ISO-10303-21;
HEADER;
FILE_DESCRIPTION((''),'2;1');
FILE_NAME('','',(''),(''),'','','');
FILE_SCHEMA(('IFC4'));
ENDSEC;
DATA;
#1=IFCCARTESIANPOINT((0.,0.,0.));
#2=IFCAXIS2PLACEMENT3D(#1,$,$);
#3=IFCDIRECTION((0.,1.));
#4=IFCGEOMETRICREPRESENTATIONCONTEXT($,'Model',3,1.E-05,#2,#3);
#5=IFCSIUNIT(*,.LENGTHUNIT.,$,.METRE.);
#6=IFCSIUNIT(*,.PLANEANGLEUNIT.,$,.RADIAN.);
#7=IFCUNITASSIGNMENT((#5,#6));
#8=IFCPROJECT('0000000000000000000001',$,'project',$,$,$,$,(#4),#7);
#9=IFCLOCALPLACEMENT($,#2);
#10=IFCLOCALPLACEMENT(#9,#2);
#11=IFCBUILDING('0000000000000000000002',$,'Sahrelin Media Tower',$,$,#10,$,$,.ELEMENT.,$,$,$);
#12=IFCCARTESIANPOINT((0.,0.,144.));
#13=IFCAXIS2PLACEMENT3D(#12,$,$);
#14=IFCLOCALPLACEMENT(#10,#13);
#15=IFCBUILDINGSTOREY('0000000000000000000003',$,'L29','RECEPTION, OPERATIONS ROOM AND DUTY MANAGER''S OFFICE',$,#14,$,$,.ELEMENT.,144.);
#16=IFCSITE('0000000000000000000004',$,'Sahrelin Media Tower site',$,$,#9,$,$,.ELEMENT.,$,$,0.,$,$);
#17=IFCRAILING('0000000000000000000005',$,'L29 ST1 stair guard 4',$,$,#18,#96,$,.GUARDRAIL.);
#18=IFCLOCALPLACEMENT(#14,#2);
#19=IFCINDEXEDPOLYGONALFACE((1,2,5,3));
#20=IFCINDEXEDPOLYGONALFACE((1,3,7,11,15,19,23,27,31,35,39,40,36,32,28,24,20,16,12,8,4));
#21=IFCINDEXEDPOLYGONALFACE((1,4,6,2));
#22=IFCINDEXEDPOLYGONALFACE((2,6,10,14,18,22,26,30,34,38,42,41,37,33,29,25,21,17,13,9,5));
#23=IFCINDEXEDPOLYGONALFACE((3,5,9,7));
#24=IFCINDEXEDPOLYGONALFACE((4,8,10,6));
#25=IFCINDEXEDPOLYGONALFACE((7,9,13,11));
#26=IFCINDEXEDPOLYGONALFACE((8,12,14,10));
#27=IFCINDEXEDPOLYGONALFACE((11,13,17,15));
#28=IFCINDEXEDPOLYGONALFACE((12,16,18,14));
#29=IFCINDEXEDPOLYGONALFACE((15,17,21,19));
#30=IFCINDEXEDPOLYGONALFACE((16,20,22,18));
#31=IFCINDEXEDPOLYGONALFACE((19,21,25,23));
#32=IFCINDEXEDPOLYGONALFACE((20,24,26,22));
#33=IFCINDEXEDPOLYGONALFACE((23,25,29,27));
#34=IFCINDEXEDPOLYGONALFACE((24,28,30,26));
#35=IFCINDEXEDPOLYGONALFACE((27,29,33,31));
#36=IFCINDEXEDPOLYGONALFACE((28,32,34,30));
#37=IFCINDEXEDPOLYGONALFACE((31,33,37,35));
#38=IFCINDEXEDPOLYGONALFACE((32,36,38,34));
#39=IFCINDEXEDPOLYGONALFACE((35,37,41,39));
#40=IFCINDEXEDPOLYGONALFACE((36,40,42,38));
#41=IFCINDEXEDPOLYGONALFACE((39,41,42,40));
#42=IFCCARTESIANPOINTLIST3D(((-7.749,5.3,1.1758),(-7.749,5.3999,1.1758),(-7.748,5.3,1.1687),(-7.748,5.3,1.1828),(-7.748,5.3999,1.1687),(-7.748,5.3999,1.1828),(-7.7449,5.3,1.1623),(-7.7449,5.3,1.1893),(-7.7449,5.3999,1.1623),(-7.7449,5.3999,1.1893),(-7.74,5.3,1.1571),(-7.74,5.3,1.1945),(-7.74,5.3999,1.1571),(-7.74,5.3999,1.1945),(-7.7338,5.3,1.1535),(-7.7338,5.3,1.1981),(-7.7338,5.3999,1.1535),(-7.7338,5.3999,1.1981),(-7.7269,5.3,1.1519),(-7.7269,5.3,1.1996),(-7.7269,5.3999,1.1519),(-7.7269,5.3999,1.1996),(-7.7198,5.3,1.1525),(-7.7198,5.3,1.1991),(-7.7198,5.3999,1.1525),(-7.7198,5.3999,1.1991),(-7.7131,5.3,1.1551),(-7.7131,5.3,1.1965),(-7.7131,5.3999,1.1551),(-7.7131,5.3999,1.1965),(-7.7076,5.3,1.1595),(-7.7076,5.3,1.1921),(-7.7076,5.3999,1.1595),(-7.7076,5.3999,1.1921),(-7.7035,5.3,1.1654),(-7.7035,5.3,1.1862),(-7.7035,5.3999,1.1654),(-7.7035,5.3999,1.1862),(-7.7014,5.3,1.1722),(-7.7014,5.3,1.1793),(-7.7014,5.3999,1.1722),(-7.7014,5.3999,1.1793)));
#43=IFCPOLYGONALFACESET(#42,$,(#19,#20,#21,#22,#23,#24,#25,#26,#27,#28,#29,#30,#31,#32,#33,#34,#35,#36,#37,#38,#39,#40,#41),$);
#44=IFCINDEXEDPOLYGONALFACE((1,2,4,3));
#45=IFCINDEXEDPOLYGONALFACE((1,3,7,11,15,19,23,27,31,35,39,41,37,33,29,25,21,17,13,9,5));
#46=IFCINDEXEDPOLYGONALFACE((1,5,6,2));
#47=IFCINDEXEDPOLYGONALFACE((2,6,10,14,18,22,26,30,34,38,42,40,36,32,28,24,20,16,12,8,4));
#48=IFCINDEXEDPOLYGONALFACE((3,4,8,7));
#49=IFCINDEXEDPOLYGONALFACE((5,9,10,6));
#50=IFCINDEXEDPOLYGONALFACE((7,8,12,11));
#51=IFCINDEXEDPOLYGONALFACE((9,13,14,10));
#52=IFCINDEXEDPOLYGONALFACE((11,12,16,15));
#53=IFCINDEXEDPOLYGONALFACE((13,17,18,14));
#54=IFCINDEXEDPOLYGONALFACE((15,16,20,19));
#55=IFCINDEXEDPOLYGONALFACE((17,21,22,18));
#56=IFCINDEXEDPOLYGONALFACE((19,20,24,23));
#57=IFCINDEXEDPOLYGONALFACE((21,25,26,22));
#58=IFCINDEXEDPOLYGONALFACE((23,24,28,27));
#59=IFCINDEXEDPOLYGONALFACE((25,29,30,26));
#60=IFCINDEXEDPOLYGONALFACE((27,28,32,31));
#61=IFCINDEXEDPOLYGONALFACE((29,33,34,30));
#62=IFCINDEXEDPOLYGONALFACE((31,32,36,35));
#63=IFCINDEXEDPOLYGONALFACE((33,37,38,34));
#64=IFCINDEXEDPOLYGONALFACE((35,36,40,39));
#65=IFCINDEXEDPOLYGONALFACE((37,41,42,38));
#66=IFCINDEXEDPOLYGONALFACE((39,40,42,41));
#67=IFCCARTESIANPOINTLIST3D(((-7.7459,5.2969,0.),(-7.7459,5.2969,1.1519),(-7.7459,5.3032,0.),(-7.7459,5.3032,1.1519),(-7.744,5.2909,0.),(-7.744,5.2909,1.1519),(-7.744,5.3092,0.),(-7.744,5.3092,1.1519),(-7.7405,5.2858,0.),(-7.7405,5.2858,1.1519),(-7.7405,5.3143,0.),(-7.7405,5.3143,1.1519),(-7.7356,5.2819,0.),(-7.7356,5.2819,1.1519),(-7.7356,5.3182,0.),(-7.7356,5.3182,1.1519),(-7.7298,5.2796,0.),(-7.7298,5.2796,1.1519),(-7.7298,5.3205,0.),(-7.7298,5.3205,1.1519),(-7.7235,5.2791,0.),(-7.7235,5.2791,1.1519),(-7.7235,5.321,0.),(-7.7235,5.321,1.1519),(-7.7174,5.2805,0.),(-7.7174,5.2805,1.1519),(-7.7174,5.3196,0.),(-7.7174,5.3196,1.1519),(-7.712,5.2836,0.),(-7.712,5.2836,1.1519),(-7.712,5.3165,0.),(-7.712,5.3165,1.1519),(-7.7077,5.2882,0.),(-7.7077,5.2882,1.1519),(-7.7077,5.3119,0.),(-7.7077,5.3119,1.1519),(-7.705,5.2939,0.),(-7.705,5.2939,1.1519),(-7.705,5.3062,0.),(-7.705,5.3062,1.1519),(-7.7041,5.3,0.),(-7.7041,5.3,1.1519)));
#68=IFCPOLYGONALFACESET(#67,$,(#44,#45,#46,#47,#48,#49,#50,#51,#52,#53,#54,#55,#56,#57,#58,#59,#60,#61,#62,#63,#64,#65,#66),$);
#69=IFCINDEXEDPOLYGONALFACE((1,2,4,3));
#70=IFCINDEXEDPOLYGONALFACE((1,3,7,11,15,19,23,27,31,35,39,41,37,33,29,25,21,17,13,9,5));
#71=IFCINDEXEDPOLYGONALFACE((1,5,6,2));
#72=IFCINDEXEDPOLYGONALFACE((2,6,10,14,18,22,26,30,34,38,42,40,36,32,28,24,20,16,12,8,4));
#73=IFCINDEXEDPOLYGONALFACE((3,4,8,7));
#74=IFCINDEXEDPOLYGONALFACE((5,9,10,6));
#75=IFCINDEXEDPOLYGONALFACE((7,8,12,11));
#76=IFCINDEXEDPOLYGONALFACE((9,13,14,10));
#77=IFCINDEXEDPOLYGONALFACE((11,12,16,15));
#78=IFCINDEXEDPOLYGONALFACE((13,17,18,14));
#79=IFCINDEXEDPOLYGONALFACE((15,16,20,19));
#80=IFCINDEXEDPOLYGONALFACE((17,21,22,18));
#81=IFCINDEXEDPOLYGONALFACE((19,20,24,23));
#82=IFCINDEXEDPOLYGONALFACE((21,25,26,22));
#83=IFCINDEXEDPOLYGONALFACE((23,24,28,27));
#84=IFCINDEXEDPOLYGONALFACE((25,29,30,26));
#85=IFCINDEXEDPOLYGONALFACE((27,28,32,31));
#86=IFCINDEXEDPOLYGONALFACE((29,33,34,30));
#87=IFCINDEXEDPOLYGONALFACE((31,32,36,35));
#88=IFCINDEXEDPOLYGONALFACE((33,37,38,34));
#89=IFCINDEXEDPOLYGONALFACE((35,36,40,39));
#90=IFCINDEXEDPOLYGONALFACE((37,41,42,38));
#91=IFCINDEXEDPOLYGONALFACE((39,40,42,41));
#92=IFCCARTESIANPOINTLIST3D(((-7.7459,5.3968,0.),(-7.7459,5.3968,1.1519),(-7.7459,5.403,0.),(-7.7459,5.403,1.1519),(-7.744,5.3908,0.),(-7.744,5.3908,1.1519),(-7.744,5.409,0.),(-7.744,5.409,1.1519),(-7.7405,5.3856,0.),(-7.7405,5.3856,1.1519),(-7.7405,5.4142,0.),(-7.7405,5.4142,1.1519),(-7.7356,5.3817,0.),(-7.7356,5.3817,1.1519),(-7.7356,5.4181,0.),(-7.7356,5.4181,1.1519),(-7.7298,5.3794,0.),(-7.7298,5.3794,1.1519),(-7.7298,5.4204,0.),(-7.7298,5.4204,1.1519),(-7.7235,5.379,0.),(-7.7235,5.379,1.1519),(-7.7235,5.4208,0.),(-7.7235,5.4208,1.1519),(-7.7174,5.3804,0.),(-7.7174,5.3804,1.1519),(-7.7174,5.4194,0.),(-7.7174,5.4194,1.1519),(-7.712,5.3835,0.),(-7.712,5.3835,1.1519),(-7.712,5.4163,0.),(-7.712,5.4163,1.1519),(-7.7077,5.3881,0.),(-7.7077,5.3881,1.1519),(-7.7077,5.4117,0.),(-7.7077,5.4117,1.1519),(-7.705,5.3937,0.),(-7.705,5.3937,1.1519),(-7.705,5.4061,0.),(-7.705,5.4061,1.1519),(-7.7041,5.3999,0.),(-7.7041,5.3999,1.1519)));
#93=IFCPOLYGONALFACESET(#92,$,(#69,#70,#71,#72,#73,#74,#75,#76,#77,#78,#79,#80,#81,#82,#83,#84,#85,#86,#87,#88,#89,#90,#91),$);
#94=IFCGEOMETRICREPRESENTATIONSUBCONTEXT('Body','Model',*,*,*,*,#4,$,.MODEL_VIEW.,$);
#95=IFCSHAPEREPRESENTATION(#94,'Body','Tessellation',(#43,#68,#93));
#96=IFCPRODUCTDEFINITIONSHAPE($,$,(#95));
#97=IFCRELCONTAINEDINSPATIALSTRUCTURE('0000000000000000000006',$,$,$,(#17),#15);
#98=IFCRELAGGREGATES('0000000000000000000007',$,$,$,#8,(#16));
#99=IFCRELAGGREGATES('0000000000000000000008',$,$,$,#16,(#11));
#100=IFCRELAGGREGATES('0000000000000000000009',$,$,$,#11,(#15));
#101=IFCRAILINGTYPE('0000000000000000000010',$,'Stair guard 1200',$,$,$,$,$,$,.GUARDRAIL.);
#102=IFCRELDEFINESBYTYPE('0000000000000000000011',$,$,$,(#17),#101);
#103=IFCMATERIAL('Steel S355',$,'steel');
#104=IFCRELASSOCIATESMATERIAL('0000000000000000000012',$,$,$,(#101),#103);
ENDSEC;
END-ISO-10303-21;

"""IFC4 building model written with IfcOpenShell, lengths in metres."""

from ifc_helpers import new_model, si_unit, direction, frame, origin, origin_2d, place, context, subcontext, project, spatial, circle, extrude, material, type_object, element, save


model = new_model("IFC4")

# Units and contexts
model_context = context("Model", 3, precision=1e-05, world=origin(), true_north=direction((0.0, 1.0)))
body_context = subcontext(model_context, "Body", "Model", "MODEL_VIEW")
ifc_project = project(units=[si_unit("LENGTHUNIT", "METRE"), si_unit("PLANEANGLEUNIT", "RADIAN")], contexts=[model_context])

# Site, building, storey
site_placement = place(None, origin())
site = spatial("IfcSite", under=ifc_project, at=site_placement, Name="Sahrelin Media Tower site", CompositionType="ELEMENT", RefElevation=0.0)
building_placement = place(site_placement, origin())
building = spatial("IfcBuilding", under=site, at=building_placement, Name="Sahrelin Media Tower", CompositionType="ELEMENT")
storey_placement = place(building_placement, frame((0.0, 0.0, 144.0)))
storey = spatial("IfcBuildingStorey", under=building, at=storey_placement, Name="L29", Description="RECEPTION, OPERATIONS ROOM AND DUTY MANAGER'S OFFICE", CompositionType="ELEMENT", Elevation=144.0)

# Shared definitions
ifc_material_1 = material(Name="Steel S355", Category="steel")

# Railing
railing_type_1 = type_object("IfcRailingType", Name="Stair guard 1200", PredefinedType="GUARDRAIL", material=ifc_material_1)
railing_1_placement = place(storey_placement, frame((-7.7251, 5.3, 0.0)))
element("IfcRailing", 1, at=railing_1_placement, inside=storey, type_object=railing_type_1, Name="L29 ST1 stair guard 4", PredefinedType="GUARDRAIL", context=body_context, shape_type="SweptSolid", body=[
    extrude(circle(Radius=0.0239, at=origin_2d()), frame((0.0, 0.0, 1.1758), z_axis=(0.0, 1.0, 0.0), x_axis=(-1.0, 0.0, 0.0)), (0.0, 0.0, 1.0), 0.0999),
    extrude(circle(Radius=0.021, at=origin_2d()), origin(), (0.0, 0.0, 1.0), 1.1519),
    extrude(circle(Radius=0.021, at=origin_2d()), frame((0.0, 0.0999, 0.0)), (0.0, 0.0, 1.0), 1.1519),
])

save(model, "model.ifc")
